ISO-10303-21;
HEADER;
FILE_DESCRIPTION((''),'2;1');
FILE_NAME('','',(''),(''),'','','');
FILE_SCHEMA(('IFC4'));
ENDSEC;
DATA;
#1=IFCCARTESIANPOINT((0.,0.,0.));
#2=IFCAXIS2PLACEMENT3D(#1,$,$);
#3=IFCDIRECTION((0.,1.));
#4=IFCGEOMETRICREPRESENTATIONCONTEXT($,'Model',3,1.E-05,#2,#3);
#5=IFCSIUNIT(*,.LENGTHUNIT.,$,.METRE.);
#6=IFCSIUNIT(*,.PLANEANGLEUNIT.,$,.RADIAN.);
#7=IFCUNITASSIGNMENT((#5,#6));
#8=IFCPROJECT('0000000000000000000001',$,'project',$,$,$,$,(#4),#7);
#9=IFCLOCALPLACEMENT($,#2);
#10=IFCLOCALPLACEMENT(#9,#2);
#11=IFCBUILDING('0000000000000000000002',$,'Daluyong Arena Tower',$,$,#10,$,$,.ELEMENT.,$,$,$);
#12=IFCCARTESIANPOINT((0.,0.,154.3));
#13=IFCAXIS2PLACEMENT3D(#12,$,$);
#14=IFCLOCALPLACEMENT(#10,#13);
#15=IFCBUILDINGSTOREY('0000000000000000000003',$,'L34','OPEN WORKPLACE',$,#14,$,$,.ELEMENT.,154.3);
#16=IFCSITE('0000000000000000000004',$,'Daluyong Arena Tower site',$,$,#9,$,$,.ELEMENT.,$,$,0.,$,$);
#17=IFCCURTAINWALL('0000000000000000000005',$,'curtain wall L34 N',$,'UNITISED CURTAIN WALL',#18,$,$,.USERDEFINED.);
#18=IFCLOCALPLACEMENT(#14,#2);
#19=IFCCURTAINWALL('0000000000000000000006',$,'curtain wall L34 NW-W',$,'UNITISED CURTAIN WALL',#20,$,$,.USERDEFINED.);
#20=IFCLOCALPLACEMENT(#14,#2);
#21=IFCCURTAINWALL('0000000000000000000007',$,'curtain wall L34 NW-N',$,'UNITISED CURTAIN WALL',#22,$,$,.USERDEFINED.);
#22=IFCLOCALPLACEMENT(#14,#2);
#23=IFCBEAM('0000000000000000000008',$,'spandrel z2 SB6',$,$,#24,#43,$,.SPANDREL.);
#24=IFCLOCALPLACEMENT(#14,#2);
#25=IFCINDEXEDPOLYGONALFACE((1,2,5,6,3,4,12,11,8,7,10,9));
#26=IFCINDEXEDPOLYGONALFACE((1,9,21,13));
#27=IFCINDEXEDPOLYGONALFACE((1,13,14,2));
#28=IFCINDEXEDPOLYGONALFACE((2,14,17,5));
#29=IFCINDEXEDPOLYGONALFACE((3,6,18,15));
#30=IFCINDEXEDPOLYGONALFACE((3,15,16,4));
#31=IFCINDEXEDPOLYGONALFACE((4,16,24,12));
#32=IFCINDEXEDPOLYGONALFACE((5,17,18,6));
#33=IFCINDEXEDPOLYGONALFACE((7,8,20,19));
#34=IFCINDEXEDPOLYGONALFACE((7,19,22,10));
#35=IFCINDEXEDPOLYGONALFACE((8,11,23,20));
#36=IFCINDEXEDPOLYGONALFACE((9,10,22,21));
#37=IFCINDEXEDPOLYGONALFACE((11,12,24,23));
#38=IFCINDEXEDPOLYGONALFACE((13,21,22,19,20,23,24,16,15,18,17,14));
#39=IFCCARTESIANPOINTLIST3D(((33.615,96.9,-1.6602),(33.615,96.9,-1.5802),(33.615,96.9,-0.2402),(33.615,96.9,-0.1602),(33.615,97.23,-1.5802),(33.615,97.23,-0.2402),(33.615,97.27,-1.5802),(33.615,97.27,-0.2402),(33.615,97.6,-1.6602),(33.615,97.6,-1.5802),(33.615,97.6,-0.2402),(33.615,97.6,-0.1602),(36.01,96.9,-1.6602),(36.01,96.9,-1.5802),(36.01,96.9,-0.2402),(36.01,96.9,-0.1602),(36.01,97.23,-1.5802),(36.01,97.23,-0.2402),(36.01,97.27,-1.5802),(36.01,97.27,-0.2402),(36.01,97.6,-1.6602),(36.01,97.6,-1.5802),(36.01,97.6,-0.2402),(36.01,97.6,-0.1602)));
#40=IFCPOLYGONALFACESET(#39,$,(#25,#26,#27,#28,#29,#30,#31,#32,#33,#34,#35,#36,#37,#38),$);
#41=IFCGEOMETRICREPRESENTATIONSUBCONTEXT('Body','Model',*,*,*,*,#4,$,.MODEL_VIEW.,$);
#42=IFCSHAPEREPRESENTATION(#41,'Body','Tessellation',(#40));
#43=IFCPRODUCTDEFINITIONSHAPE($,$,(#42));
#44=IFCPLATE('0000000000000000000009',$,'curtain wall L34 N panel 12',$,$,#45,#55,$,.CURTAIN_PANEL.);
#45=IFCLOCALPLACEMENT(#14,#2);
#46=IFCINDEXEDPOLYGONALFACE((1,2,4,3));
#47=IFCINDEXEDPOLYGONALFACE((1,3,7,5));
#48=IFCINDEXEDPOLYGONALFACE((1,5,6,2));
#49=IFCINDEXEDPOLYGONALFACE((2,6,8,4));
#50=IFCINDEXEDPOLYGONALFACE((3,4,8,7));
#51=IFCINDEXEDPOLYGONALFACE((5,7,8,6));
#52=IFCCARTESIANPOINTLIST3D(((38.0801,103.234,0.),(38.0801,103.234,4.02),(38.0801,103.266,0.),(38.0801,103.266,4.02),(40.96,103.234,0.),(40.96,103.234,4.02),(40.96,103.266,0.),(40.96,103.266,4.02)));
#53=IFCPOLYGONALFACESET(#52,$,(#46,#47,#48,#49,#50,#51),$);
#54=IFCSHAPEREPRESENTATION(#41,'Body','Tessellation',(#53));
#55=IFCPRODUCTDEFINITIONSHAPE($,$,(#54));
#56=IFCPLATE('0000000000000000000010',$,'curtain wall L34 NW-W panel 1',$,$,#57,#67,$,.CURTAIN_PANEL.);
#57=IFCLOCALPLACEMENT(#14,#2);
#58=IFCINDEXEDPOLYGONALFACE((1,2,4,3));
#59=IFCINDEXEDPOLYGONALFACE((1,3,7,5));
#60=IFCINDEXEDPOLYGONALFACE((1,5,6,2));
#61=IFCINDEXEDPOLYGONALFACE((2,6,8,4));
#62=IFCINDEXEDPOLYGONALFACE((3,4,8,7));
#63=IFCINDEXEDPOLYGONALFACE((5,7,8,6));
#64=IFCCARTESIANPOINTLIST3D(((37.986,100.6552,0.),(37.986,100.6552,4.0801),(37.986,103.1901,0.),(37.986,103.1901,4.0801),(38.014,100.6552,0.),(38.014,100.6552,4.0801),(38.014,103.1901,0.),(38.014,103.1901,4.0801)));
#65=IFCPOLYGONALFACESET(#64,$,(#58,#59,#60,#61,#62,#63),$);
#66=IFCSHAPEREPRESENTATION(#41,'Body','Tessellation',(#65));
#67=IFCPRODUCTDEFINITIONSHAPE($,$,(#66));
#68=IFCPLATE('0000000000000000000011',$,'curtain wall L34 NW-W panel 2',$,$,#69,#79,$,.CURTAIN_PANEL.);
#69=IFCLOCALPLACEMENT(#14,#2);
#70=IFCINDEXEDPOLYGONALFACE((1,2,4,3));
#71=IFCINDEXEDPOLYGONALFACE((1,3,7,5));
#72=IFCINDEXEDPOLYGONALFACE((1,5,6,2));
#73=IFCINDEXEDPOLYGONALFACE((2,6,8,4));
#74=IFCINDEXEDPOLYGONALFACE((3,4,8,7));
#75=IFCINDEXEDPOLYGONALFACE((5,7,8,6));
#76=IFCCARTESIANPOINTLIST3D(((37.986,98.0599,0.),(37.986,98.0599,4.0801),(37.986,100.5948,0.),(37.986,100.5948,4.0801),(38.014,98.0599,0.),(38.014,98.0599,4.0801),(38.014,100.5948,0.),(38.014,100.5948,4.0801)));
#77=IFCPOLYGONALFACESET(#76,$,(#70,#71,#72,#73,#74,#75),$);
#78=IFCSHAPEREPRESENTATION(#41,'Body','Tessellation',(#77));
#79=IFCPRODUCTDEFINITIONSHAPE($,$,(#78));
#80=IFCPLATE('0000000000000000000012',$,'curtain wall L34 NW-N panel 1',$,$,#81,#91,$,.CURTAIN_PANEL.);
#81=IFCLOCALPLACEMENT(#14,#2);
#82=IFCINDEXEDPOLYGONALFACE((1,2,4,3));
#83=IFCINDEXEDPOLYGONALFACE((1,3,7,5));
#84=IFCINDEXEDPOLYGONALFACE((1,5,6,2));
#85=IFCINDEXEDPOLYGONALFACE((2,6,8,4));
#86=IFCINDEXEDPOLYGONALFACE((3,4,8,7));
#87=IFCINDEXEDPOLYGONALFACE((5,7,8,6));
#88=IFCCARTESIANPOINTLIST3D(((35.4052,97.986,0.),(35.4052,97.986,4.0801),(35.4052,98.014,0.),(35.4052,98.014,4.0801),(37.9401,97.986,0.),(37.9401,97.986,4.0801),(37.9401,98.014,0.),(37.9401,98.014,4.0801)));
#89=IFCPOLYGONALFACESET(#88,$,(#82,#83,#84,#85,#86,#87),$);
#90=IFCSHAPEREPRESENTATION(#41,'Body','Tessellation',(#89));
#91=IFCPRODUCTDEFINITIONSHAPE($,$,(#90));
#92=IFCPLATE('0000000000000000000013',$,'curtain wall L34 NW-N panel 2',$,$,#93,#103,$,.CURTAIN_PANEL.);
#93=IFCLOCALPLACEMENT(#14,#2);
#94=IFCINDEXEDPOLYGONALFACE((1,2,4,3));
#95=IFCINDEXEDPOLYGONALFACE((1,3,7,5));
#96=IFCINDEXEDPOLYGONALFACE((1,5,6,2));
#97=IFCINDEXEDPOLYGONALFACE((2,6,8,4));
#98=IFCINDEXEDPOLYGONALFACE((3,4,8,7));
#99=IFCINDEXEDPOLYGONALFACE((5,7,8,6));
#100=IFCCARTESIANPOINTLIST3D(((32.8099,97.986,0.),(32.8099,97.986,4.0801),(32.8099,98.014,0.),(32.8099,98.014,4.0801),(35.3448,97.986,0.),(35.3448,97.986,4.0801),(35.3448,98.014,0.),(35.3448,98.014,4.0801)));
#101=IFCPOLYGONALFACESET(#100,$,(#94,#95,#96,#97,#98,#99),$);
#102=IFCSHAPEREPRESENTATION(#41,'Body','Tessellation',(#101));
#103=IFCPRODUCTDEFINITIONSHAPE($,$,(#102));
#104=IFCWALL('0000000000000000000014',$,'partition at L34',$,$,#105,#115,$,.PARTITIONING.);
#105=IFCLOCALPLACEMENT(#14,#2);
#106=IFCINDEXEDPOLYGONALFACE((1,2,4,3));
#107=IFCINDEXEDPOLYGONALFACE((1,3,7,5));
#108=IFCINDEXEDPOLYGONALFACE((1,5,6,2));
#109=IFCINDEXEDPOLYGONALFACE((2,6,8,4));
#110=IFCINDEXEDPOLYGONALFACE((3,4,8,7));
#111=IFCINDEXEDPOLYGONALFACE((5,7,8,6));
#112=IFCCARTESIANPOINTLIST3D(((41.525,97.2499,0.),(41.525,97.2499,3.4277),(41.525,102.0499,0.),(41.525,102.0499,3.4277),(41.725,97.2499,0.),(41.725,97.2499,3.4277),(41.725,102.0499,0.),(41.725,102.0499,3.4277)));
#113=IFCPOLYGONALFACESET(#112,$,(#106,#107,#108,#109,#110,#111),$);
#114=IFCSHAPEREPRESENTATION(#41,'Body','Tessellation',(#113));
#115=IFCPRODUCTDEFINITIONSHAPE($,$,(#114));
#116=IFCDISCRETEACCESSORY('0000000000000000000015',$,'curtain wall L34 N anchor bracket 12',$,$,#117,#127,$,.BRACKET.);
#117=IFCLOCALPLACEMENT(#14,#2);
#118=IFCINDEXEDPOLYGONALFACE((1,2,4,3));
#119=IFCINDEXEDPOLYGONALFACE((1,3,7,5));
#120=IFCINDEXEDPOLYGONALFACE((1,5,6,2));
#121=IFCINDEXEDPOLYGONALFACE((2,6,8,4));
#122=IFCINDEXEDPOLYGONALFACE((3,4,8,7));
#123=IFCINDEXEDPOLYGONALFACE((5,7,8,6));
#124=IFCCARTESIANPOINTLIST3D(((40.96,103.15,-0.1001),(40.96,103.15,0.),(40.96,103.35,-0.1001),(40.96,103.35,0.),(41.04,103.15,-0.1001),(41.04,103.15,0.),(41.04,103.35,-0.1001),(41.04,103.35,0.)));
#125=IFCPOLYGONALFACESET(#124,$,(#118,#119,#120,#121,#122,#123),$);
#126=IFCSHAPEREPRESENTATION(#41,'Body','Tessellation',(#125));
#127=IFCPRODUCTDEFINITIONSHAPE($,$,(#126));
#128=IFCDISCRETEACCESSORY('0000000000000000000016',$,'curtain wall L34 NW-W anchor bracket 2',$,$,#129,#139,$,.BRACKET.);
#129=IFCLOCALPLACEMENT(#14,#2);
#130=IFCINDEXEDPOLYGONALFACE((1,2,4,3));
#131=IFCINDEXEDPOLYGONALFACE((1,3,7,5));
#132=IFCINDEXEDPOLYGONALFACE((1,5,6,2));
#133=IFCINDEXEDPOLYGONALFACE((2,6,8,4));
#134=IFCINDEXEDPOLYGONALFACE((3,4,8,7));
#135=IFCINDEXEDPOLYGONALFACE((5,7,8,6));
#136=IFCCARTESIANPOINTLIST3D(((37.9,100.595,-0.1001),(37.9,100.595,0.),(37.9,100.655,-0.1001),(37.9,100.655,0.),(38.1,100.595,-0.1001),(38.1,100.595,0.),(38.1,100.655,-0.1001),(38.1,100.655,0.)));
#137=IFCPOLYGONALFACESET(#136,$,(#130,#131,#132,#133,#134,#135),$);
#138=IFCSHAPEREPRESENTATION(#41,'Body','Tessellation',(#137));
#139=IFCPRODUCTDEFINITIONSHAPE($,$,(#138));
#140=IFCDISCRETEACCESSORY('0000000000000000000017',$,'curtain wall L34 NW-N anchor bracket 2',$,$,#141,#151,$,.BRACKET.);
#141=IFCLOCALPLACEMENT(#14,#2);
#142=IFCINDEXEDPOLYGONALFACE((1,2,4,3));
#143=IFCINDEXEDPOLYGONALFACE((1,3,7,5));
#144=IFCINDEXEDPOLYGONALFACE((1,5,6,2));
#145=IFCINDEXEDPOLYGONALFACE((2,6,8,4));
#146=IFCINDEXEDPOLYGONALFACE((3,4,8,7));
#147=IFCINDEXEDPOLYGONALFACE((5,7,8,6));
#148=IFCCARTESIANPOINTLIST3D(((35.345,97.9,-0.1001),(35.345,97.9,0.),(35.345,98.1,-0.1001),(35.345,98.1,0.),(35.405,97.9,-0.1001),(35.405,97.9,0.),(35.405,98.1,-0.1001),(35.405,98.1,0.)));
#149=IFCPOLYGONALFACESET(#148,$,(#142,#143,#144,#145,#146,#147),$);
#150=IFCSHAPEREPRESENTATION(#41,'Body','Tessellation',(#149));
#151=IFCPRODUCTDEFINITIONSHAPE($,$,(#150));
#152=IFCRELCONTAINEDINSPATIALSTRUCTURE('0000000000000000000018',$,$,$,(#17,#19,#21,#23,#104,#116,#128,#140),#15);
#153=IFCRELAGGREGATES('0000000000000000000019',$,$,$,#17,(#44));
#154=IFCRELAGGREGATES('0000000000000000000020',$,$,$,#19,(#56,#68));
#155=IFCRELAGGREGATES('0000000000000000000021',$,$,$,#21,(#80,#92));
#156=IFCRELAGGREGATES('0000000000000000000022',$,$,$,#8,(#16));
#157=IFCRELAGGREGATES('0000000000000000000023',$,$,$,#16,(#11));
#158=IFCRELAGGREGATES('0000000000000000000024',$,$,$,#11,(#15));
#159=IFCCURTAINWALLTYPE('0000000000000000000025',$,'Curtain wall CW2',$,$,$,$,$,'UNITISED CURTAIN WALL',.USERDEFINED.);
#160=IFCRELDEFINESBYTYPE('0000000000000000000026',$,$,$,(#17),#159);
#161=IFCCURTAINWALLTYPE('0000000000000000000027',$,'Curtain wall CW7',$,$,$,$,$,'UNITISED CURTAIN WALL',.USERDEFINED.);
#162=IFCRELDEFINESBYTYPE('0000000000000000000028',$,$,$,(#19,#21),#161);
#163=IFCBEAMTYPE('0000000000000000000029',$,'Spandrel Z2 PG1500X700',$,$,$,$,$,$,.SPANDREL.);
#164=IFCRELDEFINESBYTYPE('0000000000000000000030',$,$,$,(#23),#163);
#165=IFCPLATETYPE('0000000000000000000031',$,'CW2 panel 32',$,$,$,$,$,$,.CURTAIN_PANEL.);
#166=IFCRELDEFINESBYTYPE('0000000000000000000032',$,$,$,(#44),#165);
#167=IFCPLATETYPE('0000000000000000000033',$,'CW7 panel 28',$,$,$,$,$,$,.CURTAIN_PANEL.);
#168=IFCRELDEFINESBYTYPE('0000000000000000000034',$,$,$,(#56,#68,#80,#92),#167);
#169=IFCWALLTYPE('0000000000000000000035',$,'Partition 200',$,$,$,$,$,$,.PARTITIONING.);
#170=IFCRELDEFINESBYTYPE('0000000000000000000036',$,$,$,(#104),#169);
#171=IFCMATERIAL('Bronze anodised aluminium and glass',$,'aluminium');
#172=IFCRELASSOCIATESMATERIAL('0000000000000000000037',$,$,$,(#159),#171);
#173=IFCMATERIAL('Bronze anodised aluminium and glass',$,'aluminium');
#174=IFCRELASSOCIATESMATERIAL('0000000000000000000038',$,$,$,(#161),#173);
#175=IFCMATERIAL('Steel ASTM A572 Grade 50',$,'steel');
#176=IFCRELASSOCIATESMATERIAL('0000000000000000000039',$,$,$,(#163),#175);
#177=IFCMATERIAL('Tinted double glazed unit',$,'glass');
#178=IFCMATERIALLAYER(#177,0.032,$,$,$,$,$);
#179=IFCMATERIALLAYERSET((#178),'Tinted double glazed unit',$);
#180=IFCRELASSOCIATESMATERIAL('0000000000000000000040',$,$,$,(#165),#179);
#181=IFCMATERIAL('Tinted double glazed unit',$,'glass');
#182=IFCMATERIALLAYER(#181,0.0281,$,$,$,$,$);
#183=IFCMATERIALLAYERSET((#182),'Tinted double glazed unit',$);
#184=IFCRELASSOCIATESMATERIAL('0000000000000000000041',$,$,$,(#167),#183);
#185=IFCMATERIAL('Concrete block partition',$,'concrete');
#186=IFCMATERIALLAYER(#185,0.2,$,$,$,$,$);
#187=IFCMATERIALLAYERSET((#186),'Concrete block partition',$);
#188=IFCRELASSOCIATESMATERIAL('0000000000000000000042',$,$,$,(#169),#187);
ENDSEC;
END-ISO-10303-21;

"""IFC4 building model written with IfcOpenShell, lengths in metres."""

from ifc_helpers import new_model, si_unit, direction, frame, frame_2d, origin, origin_2d, place, context, subcontext, project, spatial, rectangle, i_section, extrude, material, layer, layer_set, material_profile, profile_set, type_object, element, aggregate, save


model = new_model("IFC4")

# Units and contexts
model_context = context("Model", 3, precision=1e-05, world=origin(), true_north=direction((0.0, 1.0)))
body_context = subcontext(model_context, "Body", "Model", "MODEL_VIEW")
ifc_project = project(units=[si_unit("LENGTHUNIT", "METRE"), si_unit("PLANEANGLEUNIT", "RADIAN")], contexts=[model_context])

# Site, building, storey
site_placement = place(None, origin())
site = spatial("IfcSite", under=ifc_project, at=site_placement, Name="Daluyong Arena Tower site", CompositionType="ELEMENT", RefElevation=0.0)
building_placement = place(site_placement, origin())
building = spatial("IfcBuilding", under=site, at=building_placement, Name="Daluyong Arena Tower", CompositionType="ELEMENT")
storey_placement = place(building_placement, frame((0.0, 0.0, 154.3)))
storey = spatial("IfcBuildingStorey", under=building, at=storey_placement, Name="L34", Description="OPEN WORKPLACE", CompositionType="ELEMENT", Elevation=154.3)

# Curtain wall
ifc_material_1 = material(Name="Bronze anodised aluminium and glass", Category="aluminium")
curtain_wall_type_1 = type_object("IfcCurtainWallType", Name="Curtain wall CW2", ElementType="UNITISED CURTAIN WALL", PredefinedType="USERDEFINED", material=ifc_material_1)
curtain_wall_1_placement = place(storey_placement, origin())
curtain_wall_1 = element("IfcCurtainWall", 1, at=curtain_wall_1_placement, inside=storey, type_object=curtain_wall_type_1, Name="curtain wall L34 N", ObjectType="UNITISED CURTAIN WALL", PredefinedType="USERDEFINED")

# Curtain walls
ifc_material_2 = material(Name="Bronze anodised aluminium and glass", Category="aluminium")
curtain_wall_type_2 = type_object("IfcCurtainWallType", Name="Curtain wall CW7", ElementType="UNITISED CURTAIN WALL", PredefinedType="USERDEFINED", material=ifc_material_2)
curtain_wall_2_placement = place(storey_placement, origin())
curtain_wall_2 = element("IfcCurtainWall", 2, at=curtain_wall_2_placement, inside=storey, type_object=curtain_wall_type_2, Name="curtain wall L34 NW-W", ObjectType="UNITISED CURTAIN WALL", PredefinedType="USERDEFINED")
curtain_wall_3_placement = place(storey_placement, origin())
curtain_wall_3 = element("IfcCurtainWall", 3, at=curtain_wall_3_placement, inside=storey, type_object=curtain_wall_type_2, Name="curtain wall L34 NW-N", ObjectType="UNITISED CURTAIN WALL", PredefinedType="USERDEFINED")

# Beam
ifc_material_3 = material(Name="Steel ASTM A572 Grade 50", Category="steel")
ifc_material_profile_1 = material_profile(ifc_material_3, i_section(OverallWidth=0.7, OverallDepth=1.5, WebThickness=0.04, FlangeThickness=0.08, at=origin_2d()))
ifc_profile_set_1 = profile_set([ifc_material_profile_1], Name="Steel ASTM A572 Grade 50")
beam_type_1 = type_object("IfcBeamType", Name="Spandrel Z2 PG1500X700", PredefinedType="SPANDREL", material=ifc_profile_set_1)
for number, where, z_axis, x_axis, name in (
    (4, (36.01, 97.25, -0.9102), (-1.0, 0.0, 0.0), (0.0, -1.0, 0.0), "spandrel z2 SB6"),
):
    element("IfcBeam", number, at=place(storey_placement, frame(where, z_axis=z_axis, x_axis=x_axis)), inside=storey, type_object=beam_type_1, Name=name, PredefinedType="SPANDREL", context=body_context, shape_type="SweptSolid", body=[
        extrude(i_section(OverallWidth=0.7, OverallDepth=1.5, WebThickness=0.04, FlangeThickness=0.08, at=origin_2d()), origin(), (0.0, 0.0, 1.0), 2.395),
    ])

# Plates
ifc_material_4 = material(Name="Tinted double glazed unit", Category="glass")
ifc_layer_1 = layer(ifc_material_4, 0.032)
ifc_layer_set_1 = layer_set([ifc_layer_1], Name="Tinted double glazed unit")
plate_type_1 = type_object("IfcPlateType", Name="CW2 panel 32", PredefinedType="CURTAIN_PANEL", material=ifc_layer_set_1)
plate_1_placement = place(storey_placement, frame((39.52, 103.25, 0.0), z_axis=(0.0, 0.0, 1.0), x_axis=(-1.0, 0.0, 0.0)))
plate_1 = element("IfcPlate", 5, at=plate_1_placement, type_object=plate_type_1, Name="curtain wall L34 N panel 12", PredefinedType="CURTAIN_PANEL", context=body_context, shape_type="SweptSolid", body=[
    extrude(rectangle(XDim=2.8799, YDim=0.032, at=origin_2d()), origin(), (0.0, 0.0, 1.0), 4.02),
])
aggregate(curtain_wall_1, [plate_1])
ifc_material_5 = material(Name="Tinted double glazed unit", Category="glass")
ifc_layer_2 = layer(ifc_material_5, 0.0281)
ifc_layer_set_2 = layer_set([ifc_layer_2], Name="Tinted double glazed unit")
plate_type_2 = type_object("IfcPlateType", Name="CW7 panel 28", PredefinedType="CURTAIN_PANEL", material=ifc_layer_set_2)
plate_2_placement = place(storey_placement, frame((38.0, 101.9226, 0.0), z_axis=(0.0, 0.0, 1.0), x_axis=(0.0, -1.0, 0.0)))
plate_2 = element("IfcPlate", 6, at=plate_2_placement, type_object=plate_type_2, Name="curtain wall L34 NW-W panel 1", PredefinedType="CURTAIN_PANEL", context=body_context, shape_type="SweptSolid", body=[
    extrude(rectangle(XDim=2.5349, YDim=0.0281, at=origin_2d()), origin(), (0.0, 0.0, 1.0), 4.0801),
])
plate_3_placement = place(storey_placement, frame((38.0, 99.3274, 0.0), z_axis=(0.0, 0.0, 1.0), x_axis=(0.0, -1.0, 0.0)))
plate_3 = element("IfcPlate", 7, at=plate_3_placement, type_object=plate_type_2, Name="curtain wall L34 NW-W panel 2", PredefinedType="CURTAIN_PANEL", context=body_context, shape_type="SweptSolid", body=[
    extrude(rectangle(XDim=2.5349, YDim=0.0281, at=origin_2d()), origin(), (0.0, 0.0, 1.0), 4.0801),
])
aggregate(curtain_wall_2, [plate_2, plate_3])
plate_4_placement = place(storey_placement, frame((36.6726, 98.0, 0.0), z_axis=(0.0, 0.0, 1.0), x_axis=(-1.0, 0.0, 0.0)))
plate_4 = element("IfcPlate", 8, at=plate_4_placement, type_object=plate_type_2, Name="curtain wall L34 NW-N panel 1", PredefinedType="CURTAIN_PANEL", context=body_context, shape_type="SweptSolid", body=[
    extrude(rectangle(XDim=2.5349, YDim=0.0281, at=origin_2d()), origin(), (0.0, 0.0, 1.0), 4.0801),
])
plate_5_placement = place(storey_placement, frame((34.0774, 98.0, 0.0), z_axis=(0.0, 0.0, 1.0), x_axis=(-1.0, 0.0, 0.0)))
plate_5 = element("IfcPlate", 9, at=plate_5_placement, type_object=plate_type_2, Name="curtain wall L34 NW-N panel 2", PredefinedType="CURTAIN_PANEL", context=body_context, shape_type="SweptSolid", body=[
    extrude(rectangle(XDim=2.5349, YDim=0.0281, at=origin_2d()), origin(), (0.0, 0.0, 1.0), 4.0801),
])
aggregate(curtain_wall_3, [plate_4, plate_5])

# Wall
ifc_material_6 = material(Name="Concrete block partition", Category="concrete")
ifc_layer_3 = layer(ifc_material_6, 0.2)
ifc_layer_set_3 = layer_set([ifc_layer_3], Name="Concrete block partition")
wall_type_1 = type_object("IfcWallType", Name="Partition 200", PredefinedType="PARTITIONING", material=ifc_layer_set_3)
wall_1_placement = place(storey_placement, frame((41.625, 97.25, 0.0), z_axis=(0.0, 0.0, 1.0), x_axis=(0.0, 1.0, 0.0)))
element("IfcWall", 10, at=wall_1_placement, inside=storey, type_object=wall_type_1, Name="partition at L34", PredefinedType="PARTITIONING", context=body_context, shape_type="SweptSolid", body=[
    extrude(rectangle(XDim=4.8, YDim=0.2, at=frame_2d((2.3999, 0.0))), origin(), (0.0, 0.0, 1.0), 3.4277),
])

# Discrete accessories
discrete_accessory_placement = place(storey_placement, frame((41.0, 103.25, -0.1001), z_axis=(0.0, 0.0, 1.0), x_axis=(-1.0, 0.0, 0.0)))
element("IfcDiscreteAccessory", 11, at=discrete_accessory_placement, inside=storey, Name="curtain wall L34 N anchor bracket 12", PredefinedType="BRACKET", context=body_context, shape_type="SweptSolid", body=[
    extrude(rectangle(XDim=0.0801, YDim=0.2, at=origin_2d()), origin(), (0.0, 0.0, 1.0), 0.1001),
])
for number, where, z_axis, x_axis, name in (
    (12, (38.0, 100.625, -0.1001), (0.0, 0.0, 1.0), (0.0, -1.0, 0.0), "curtain wall L34 NW-W anchor bracket 2"),
    (13, (35.375, 98.0, -0.1001), (0.0, 0.0, 1.0), (-1.0, 0.0, 0.0), "curtain wall L34 NW-N anchor bracket 2"),
):
    element("IfcDiscreteAccessory", number, at=place(storey_placement, frame(where, z_axis=z_axis, x_axis=x_axis)), inside=storey, Name=name, PredefinedType="BRACKET", context=body_context, shape_type="SweptSolid", body=[
        extrude(rectangle(XDim=0.0601, YDim=0.2, at=origin_2d()), origin(), (0.0, 0.0, 1.0), 0.1001),
    ])

save(model, "model.ifc")
